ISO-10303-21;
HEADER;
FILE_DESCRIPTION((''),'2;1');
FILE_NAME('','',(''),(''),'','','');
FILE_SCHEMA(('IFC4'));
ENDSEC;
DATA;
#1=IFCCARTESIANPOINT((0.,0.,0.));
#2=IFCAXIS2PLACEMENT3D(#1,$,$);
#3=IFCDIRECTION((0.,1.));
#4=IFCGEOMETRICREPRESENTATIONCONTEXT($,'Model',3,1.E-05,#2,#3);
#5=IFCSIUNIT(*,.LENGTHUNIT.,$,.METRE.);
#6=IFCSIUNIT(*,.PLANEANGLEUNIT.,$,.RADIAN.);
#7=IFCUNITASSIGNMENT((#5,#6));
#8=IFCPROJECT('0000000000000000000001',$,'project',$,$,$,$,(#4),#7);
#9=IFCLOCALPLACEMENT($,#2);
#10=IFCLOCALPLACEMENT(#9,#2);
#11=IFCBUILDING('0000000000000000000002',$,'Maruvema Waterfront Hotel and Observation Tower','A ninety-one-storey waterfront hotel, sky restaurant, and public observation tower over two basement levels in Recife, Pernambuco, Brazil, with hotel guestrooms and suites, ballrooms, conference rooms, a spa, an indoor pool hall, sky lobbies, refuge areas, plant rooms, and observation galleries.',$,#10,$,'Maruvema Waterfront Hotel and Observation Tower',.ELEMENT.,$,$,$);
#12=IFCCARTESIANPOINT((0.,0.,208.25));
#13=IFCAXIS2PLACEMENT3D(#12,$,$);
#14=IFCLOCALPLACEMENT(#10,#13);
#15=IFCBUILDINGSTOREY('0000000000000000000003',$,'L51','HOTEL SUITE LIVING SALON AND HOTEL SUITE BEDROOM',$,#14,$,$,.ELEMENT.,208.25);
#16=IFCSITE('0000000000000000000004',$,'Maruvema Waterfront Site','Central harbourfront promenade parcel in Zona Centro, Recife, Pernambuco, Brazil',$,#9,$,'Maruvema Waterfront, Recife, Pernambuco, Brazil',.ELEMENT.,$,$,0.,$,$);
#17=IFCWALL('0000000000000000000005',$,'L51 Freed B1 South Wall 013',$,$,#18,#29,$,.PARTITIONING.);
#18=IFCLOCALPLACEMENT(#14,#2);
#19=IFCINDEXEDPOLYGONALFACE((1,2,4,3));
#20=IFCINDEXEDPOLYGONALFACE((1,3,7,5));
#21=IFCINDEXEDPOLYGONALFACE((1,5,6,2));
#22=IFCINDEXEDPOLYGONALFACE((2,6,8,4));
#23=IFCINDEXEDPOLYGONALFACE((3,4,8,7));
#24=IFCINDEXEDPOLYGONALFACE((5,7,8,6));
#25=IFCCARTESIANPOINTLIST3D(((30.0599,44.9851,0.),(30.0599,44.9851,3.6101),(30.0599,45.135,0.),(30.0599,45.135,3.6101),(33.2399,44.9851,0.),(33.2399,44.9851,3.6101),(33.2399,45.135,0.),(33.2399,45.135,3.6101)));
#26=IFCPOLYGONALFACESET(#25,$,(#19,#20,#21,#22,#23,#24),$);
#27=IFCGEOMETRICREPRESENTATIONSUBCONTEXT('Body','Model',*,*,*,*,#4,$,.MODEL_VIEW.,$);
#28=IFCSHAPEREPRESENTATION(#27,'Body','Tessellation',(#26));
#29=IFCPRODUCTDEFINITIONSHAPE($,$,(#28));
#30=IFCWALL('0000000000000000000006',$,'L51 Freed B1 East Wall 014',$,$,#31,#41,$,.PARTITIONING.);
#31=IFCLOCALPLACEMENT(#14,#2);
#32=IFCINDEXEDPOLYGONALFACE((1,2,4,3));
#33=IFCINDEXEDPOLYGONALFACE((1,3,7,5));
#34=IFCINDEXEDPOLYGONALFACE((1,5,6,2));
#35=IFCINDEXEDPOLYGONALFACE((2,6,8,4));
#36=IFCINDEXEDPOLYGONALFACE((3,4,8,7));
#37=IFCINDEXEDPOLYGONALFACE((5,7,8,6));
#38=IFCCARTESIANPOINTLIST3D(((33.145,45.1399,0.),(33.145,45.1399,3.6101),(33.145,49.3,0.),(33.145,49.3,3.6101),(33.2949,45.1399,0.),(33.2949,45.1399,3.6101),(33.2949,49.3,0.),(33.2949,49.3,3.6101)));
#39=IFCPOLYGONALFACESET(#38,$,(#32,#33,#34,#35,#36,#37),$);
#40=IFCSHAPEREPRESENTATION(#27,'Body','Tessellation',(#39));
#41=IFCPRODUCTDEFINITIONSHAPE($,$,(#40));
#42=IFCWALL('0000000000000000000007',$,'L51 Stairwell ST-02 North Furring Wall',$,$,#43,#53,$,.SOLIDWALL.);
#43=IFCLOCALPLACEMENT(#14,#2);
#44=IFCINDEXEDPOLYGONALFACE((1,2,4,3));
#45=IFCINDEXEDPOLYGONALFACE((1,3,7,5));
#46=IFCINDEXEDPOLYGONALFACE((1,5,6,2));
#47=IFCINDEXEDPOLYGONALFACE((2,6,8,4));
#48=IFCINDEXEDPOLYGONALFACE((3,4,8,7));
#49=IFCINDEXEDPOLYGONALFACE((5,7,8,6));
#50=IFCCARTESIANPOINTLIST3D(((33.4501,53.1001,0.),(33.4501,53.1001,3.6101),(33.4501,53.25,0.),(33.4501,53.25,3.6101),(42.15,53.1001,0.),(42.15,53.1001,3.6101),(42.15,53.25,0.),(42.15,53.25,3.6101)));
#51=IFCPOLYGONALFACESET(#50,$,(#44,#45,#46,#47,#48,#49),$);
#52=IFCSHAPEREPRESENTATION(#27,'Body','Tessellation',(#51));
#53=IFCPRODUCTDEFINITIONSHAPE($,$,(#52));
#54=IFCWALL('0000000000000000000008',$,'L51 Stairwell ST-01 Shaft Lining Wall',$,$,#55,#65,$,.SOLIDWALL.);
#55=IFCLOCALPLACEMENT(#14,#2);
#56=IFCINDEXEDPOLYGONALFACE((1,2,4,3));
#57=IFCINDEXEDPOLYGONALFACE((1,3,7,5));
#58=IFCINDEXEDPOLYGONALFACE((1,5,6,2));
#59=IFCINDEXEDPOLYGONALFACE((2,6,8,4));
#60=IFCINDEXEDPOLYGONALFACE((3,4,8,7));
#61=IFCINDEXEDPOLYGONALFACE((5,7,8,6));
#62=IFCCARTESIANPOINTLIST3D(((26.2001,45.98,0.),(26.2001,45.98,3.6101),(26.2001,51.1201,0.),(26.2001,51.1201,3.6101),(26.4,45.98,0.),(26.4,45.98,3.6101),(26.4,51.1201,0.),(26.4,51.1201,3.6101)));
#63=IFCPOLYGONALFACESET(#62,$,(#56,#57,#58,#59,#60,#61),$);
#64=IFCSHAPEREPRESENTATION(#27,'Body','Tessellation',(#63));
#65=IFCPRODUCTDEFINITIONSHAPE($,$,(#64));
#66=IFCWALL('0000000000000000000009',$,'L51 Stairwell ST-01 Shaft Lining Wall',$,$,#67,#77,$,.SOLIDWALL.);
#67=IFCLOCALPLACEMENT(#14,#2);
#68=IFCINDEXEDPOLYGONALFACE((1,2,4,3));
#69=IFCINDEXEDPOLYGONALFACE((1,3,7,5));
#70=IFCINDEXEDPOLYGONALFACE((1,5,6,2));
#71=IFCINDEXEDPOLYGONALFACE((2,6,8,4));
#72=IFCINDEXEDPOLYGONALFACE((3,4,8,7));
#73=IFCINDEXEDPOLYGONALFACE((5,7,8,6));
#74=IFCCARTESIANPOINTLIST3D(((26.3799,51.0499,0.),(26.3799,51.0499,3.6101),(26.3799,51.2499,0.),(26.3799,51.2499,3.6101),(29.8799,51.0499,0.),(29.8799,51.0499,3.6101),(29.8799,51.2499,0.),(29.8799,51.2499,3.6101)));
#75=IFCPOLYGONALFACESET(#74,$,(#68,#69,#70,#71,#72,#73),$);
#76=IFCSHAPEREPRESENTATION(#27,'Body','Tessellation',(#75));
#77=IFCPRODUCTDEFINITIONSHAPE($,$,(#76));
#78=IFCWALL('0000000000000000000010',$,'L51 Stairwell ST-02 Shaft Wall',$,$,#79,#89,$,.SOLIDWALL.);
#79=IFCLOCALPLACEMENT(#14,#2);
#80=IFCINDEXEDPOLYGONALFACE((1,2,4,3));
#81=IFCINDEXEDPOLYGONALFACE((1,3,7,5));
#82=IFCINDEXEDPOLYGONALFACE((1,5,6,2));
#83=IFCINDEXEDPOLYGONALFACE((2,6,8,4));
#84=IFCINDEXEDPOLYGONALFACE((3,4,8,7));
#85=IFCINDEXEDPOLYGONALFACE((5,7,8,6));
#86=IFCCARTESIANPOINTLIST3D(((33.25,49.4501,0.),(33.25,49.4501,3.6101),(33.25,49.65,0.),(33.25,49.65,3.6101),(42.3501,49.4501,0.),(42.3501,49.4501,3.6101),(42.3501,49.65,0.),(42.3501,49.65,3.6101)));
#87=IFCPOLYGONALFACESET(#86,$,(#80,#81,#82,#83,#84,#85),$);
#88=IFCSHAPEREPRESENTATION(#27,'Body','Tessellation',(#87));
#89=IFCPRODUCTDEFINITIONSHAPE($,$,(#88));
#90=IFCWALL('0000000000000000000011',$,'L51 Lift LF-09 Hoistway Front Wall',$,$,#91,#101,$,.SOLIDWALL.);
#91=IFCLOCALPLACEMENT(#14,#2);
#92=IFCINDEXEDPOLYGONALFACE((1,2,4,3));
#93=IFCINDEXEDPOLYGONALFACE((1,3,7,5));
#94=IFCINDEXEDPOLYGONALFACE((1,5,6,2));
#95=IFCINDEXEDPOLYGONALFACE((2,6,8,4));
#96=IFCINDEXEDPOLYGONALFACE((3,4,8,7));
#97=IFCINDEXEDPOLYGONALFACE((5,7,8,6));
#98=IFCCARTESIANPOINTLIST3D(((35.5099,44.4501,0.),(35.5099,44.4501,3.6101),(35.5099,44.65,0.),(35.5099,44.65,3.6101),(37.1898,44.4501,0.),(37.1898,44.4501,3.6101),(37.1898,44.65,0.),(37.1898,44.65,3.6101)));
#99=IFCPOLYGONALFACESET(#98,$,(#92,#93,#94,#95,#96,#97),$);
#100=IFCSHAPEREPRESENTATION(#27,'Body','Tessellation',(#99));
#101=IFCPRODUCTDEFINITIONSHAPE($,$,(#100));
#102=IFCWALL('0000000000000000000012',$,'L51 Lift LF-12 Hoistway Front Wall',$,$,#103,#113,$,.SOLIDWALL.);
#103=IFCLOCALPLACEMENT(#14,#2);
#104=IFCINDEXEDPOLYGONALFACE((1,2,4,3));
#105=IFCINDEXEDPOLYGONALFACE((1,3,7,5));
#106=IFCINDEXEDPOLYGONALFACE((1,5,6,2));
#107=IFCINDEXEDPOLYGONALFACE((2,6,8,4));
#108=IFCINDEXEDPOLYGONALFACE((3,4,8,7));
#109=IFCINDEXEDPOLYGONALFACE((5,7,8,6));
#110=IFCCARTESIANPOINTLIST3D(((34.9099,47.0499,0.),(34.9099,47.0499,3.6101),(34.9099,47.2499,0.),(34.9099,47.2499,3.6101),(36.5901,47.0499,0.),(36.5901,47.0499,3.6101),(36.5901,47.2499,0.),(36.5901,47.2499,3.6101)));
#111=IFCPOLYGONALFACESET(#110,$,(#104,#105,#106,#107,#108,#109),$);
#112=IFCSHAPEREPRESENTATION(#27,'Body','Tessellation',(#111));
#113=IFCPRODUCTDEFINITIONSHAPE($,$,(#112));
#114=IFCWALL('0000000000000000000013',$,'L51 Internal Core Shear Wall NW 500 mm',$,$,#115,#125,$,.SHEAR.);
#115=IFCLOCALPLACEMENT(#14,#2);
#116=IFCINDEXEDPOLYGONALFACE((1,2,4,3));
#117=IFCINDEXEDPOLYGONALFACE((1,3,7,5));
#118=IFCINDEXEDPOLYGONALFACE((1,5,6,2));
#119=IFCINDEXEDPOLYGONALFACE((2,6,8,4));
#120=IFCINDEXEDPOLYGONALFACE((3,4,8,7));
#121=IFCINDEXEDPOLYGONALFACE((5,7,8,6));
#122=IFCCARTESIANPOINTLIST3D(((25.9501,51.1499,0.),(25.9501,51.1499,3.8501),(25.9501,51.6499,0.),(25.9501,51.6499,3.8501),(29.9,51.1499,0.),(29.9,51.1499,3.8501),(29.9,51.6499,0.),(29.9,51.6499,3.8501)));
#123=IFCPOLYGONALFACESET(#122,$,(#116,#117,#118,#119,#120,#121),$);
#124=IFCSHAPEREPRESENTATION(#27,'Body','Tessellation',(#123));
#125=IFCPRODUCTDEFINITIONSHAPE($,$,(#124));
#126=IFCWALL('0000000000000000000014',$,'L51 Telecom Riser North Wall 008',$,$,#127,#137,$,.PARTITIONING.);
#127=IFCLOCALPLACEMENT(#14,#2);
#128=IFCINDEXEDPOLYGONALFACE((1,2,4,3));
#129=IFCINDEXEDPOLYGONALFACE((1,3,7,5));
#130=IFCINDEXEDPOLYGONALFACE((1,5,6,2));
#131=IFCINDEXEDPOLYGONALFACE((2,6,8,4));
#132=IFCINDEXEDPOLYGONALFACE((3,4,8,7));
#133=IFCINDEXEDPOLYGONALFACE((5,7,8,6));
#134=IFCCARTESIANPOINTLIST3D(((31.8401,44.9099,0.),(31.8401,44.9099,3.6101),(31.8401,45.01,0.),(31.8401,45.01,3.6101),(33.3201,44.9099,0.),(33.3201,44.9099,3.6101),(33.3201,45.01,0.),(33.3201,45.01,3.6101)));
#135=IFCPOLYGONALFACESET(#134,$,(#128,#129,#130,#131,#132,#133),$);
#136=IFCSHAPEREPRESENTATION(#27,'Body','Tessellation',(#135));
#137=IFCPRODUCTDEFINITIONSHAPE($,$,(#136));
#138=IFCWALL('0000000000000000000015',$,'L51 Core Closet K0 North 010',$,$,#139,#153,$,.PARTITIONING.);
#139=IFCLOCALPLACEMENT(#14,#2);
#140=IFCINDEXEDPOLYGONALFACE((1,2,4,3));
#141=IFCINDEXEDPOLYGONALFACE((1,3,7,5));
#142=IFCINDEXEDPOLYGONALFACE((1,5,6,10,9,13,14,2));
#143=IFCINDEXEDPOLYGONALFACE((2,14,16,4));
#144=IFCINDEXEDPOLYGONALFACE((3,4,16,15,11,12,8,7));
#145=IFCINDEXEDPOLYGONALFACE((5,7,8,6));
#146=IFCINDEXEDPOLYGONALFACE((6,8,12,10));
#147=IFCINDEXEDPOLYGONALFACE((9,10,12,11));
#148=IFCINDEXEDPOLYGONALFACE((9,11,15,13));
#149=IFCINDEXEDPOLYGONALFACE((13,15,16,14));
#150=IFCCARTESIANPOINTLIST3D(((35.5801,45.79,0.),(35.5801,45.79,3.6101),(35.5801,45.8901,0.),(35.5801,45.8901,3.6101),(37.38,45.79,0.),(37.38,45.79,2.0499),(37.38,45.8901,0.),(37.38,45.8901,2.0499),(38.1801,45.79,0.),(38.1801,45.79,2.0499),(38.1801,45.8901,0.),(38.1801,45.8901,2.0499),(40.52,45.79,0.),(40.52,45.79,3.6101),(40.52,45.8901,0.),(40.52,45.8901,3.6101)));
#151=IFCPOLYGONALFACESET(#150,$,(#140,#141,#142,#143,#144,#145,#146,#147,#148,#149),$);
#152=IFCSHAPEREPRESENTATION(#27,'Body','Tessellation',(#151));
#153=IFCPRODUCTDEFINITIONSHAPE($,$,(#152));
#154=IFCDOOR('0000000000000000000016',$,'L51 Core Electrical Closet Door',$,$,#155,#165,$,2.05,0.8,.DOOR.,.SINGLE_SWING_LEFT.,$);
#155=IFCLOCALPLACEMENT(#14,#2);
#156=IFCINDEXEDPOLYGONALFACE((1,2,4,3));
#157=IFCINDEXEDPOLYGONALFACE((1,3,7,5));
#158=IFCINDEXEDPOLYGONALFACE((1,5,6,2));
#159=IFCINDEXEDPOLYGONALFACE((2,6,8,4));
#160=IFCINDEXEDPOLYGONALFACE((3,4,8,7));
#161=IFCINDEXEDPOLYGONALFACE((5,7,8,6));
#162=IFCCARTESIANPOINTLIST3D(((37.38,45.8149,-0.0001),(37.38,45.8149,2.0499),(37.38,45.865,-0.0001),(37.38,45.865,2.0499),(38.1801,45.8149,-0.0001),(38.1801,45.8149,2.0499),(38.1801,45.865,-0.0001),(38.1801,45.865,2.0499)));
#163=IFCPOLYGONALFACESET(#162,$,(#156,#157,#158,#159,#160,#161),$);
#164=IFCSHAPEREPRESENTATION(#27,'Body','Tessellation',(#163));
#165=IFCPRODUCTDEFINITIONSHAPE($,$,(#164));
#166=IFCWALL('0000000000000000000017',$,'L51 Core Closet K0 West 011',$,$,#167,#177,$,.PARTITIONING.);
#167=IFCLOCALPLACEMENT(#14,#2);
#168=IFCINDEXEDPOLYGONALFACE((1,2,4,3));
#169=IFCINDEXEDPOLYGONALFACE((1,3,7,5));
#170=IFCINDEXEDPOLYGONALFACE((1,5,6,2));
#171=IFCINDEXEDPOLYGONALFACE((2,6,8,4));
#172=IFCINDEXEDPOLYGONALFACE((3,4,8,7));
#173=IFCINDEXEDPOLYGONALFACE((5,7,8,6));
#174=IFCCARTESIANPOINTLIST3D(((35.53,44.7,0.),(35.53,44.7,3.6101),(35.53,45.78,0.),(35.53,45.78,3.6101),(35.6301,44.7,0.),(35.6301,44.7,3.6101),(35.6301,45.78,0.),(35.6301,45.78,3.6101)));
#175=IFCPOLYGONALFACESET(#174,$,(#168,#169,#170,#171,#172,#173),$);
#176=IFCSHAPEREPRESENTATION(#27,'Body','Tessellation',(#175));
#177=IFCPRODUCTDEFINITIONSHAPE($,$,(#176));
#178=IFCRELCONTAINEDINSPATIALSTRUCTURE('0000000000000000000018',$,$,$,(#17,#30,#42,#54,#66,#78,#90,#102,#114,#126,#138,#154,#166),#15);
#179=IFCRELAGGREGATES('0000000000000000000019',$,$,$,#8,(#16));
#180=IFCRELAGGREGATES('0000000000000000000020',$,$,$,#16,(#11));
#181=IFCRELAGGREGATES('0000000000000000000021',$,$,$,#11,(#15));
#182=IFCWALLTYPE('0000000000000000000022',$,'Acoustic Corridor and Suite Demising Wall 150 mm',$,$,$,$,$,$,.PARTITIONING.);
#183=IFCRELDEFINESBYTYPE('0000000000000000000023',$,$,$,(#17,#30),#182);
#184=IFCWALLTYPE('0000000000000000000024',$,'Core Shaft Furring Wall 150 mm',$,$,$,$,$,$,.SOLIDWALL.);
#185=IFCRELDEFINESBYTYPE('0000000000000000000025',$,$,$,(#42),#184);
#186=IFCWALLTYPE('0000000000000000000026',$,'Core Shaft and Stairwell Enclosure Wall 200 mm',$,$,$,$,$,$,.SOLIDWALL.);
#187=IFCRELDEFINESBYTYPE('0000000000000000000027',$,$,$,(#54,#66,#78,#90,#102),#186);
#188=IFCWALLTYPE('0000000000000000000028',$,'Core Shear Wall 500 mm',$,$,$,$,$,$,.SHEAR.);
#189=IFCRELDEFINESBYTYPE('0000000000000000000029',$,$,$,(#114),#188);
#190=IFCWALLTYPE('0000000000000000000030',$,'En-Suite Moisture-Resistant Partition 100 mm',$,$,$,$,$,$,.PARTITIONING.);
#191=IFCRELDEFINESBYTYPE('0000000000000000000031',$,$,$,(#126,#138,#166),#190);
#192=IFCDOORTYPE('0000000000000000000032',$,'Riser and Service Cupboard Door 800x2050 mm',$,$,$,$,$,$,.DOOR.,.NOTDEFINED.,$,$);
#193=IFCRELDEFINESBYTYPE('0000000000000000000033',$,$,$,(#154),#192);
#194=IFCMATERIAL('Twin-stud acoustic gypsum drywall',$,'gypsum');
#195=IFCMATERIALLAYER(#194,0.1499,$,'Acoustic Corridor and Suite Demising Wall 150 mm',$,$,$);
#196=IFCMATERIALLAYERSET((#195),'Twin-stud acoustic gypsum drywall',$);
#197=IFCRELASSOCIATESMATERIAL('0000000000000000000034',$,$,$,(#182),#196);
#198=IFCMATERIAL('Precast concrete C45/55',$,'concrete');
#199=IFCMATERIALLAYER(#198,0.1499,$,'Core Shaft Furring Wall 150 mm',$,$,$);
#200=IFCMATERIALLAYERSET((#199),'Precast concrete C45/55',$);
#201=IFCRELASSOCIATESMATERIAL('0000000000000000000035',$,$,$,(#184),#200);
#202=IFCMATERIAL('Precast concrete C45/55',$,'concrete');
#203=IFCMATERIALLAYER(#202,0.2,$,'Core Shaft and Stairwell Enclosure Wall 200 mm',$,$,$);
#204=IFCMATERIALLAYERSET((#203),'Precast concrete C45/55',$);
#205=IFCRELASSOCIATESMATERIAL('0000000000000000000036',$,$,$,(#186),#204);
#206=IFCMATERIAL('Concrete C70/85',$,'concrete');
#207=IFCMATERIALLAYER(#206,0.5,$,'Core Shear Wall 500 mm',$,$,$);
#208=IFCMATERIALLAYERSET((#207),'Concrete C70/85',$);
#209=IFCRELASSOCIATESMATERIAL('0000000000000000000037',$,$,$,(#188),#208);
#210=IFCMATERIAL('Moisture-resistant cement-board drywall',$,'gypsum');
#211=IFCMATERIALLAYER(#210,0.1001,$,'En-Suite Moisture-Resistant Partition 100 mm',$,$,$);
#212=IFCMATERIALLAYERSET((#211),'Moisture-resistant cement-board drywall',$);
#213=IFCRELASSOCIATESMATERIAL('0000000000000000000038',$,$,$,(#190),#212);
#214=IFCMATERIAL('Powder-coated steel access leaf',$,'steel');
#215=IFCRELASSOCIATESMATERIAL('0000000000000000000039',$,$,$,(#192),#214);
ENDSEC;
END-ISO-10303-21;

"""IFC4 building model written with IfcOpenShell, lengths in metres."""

from ifc_helpers import new_model, si_unit, direction, frame, frame_2d, origin, place, context, subcontext, project, spatial, rectangle, extrude, material, layer, layer_set, type_object, element, fill, save


model = new_model("IFC4")

# Units and contexts
model_context = context("Model", 3, precision=1e-05, world=origin(), true_north=direction((0.0, 1.0)))
body_context = subcontext(model_context, "Body", "Model", "MODEL_VIEW")
ifc_project = project(units=[si_unit("LENGTHUNIT", "METRE"), si_unit("PLANEANGLEUNIT", "RADIAN")], contexts=[model_context])

# Site, building, storey
site_placement = place(None, origin())
site = spatial("IfcSite", under=ifc_project, at=site_placement, Name="Maruvema Waterfront Site", Description="Central harbourfront promenade parcel in Zona Centro, Recife, Pernambuco, Brazil", LongName="Maruvema Waterfront, Recife, Pernambuco, Brazil", CompositionType="ELEMENT", RefElevation=0.0)
building_placement = place(site_placement, origin())
building = spatial("IfcBuilding", under=site, at=building_placement, Name="Maruvema Waterfront Hotel and Observation Tower", Description="A ninety-one-storey waterfront hotel, sky restaurant, and public observation tower over two basement levels in Recife, Pernambuco, Brazil, with hotel guestrooms and suites, ballrooms, conference rooms, a spa, an indoor pool hall, sky lobbies, refuge areas, plant rooms, and observation galleries.", LongName="Maruvema Waterfront Hotel and Observation Tower", CompositionType="ELEMENT")
storey_placement = place(building_placement, frame((0.0, 0.0, 208.25)))
storey = spatial("IfcBuildingStorey", under=building, at=storey_placement, Name="L51", Description="HOTEL SUITE LIVING SALON AND HOTEL SUITE BEDROOM", CompositionType="ELEMENT", Elevation=208.25)

# Walls
ifc_material_1 = material(Name="Twin-stud acoustic gypsum drywall", Category="gypsum")
ifc_layer_1 = layer(ifc_material_1, 0.1499, Name="Acoustic Corridor and Suite Demising Wall 150 mm")
ifc_layer_set_1 = layer_set([ifc_layer_1], Name="Twin-stud acoustic gypsum drywall")
wall_type_1 = type_object("IfcWallType", Name="Acoustic Corridor and Suite Demising Wall 150 mm", PredefinedType="PARTITIONING", material=ifc_layer_set_1)
wall_1_placement = place(storey_placement, frame((30.0601, 45.0601, 0.0), z_axis=(0.0, 0.0, 1.0), x_axis=(1.0, 0.0, 0.0)))
element("IfcWall", 1, at=wall_1_placement, inside=storey, type_object=wall_type_1, Name="L51 Freed B1 South Wall 013", PredefinedType="PARTITIONING", context=body_context, shape_type="SweptSolid", body=[
    extrude(rectangle(XDim=3.1799, YDim=0.1499, at=frame_2d((1.5898, 0.0))), origin(), (0.0, 0.0, 1.0), 3.6101),
])
wall_2_placement = place(storey_placement, frame((33.22, 45.1399, 0.0), z_axis=(0.0, 0.0, 1.0), x_axis=(0.0, 1.0, 0.0)))
element("IfcWall", 2, at=wall_2_placement, inside=storey, type_object=wall_type_1, Name="L51 Freed B1 East Wall 014", PredefinedType="PARTITIONING", context=body_context, shape_type="SweptSolid", body=[
    extrude(rectangle(XDim=4.1602, YDim=0.1499, at=frame_2d((2.0801, 0.0))), origin(), (0.0, 0.0, 1.0), 3.6101),
])
ifc_material_2 = material(Name="Precast concrete C45/55", Category="concrete")
ifc_layer_2 = layer(ifc_material_2, 0.1499, Name="Core Shaft Furring Wall 150 mm")
ifc_layer_set_2 = layer_set([ifc_layer_2], Name="Precast concrete C45/55")
wall_type_2 = type_object("IfcWallType", Name="Core Shaft Furring Wall 150 mm", PredefinedType="SOLIDWALL", material=ifc_layer_set_2)
wall_3_placement = place(storey_placement, frame((33.45, 53.175, 0.0), z_axis=(0.0, 0.0, 1.0), x_axis=(1.0, 0.0, 0.0)))
element("IfcWall", 3, at=wall_3_placement, inside=storey, type_object=wall_type_2, Name="L51 Stairwell ST-02 North Furring Wall", PredefinedType="SOLIDWALL", context=body_context, shape_type="SweptSolid", body=[
    extrude(rectangle(XDim=8.7, YDim=0.1499, at=frame_2d((4.3501, 0.0))), origin(), (0.0, 0.0, 1.0), 3.6101),
])
ifc_material_3 = material(Name="Precast concrete C45/55", Category="concrete")
ifc_layer_3 = layer(ifc_material_3, 0.2, Name="Core Shaft and Stairwell Enclosure Wall 200 mm")
ifc_layer_set_3 = layer_set([ifc_layer_3], Name="Precast concrete C45/55")
wall_type_3 = type_object("IfcWallType", Name="Core Shaft and Stairwell Enclosure Wall 200 mm", PredefinedType="SOLIDWALL", material=ifc_layer_set_3)
wall_4_placement = place(storey_placement, frame((26.3, 45.98, 0.0), z_axis=(0.0, 0.0, 1.0), x_axis=(0.0, 1.0, 0.0)))
element("IfcWall", 4, at=wall_4_placement, inside=storey, type_object=wall_type_3, Name="L51 Stairwell ST-01 Shaft Lining Wall", PredefinedType="SOLIDWALL", context=body_context, shape_type="SweptSolid", body=[
    extrude(rectangle(XDim=5.1401, YDim=0.2, at=frame_2d((2.5701, 0.0))), origin(), (0.0, 0.0, 1.0), 3.6101),
])
wall_5_placement = place(storey_placement, frame((26.3799, 51.1499, 0.0), z_axis=(0.0, 0.0, 1.0), x_axis=(1.0, 0.0, 0.0)))
element("IfcWall", 5, at=wall_5_placement, inside=storey, type_object=wall_type_3, Name="L51 Stairwell ST-01 Shaft Lining Wall", PredefinedType="SOLIDWALL", context=body_context, shape_type="SweptSolid", body=[
    extrude(rectangle(XDim=3.5, YDim=0.2, at=frame_2d((1.75, 0.0))), origin(), (0.0, 0.0, 1.0), 3.6101),
])
wall_6_placement = place(storey_placement, frame((33.25, 49.55, 0.0), z_axis=(0.0, 0.0, 1.0), x_axis=(1.0, 0.0, 0.0)))
element("IfcWall", 6, at=wall_6_placement, inside=storey, type_object=wall_type_3, Name="L51 Stairwell ST-02 Shaft Wall", PredefinedType="SOLIDWALL", context=body_context, shape_type="SweptSolid", body=[
    extrude(rectangle(XDim=9.1001, YDim=0.2, at=frame_2d((4.55, 0.0))), origin(), (0.0, 0.0, 1.0), 3.6101),
])

# Walls
wall_7_placement = place(storey_placement, frame((35.51, 44.55, 0.0), z_axis=(0.0, 0.0, 1.0), x_axis=(1.0, 0.0, 0.0)))
element("IfcWall", 7, at=wall_7_placement, inside=storey, type_object=wall_type_3, Name="L51 Lift LF-09 Hoistway Front Wall", PredefinedType="SOLIDWALL", context=body_context, shape_type="SweptSolid", body=[
    extrude(rectangle(XDim=1.6799, YDim=0.2, at=frame_2d((0.8398, 0.0))), origin(), (0.0, 0.0, 1.0), 3.6101),
])
wall_8_placement = place(storey_placement, frame((34.9099, 47.1499, 0.0), z_axis=(0.0, 0.0, 1.0), x_axis=(1.0, 0.0, 0.0)))
element("IfcWall", 8, at=wall_8_placement, inside=storey, type_object=wall_type_3, Name="L51 Lift LF-12 Hoistway Front Wall", PredefinedType="SOLIDWALL", context=body_context, shape_type="SweptSolid", body=[
    extrude(rectangle(XDim=1.6802, YDim=0.2, at=frame_2d((0.8401, 0.0))), origin(), (0.0, 0.0, 1.0), 3.6101),
])
ifc_material_4 = material(Name="Concrete C70/85", Category="concrete")
ifc_layer_4 = layer(ifc_material_4, 0.5, Name="Core Shear Wall 500 mm")
ifc_layer_set_4 = layer_set([ifc_layer_4], Name="Concrete C70/85")
wall_type_4 = type_object("IfcWallType", Name="Core Shear Wall 500 mm", PredefinedType="SHEAR", material=ifc_layer_set_4)
wall_9_placement = place(storey_placement, frame((25.95, 51.3999, 0.0), z_axis=(0.0, 0.0, 1.0), x_axis=(1.0, 0.0, 0.0)))
element("IfcWall", 9, at=wall_9_placement, inside=storey, type_object=wall_type_4, Name="L51 Internal Core Shear Wall NW 500 mm", PredefinedType="SHEAR", context=body_context, shape_type="SweptSolid", body=[
    extrude(rectangle(XDim=3.95, YDim=0.5, at=frame_2d((1.9751, 0.0))), origin(), (0.0, 0.0, 1.0), 3.8501),
])
ifc_material_5 = material(Name="Moisture-resistant cement-board drywall", Category="gypsum")
ifc_layer_5 = layer(ifc_material_5, 0.1001, Name="En-Suite Moisture-Resistant Partition 100 mm")
ifc_layer_set_5 = layer_set([ifc_layer_5], Name="Moisture-resistant cement-board drywall")
wall_type_5 = type_object("IfcWallType", Name="En-Suite Moisture-Resistant Partition 100 mm", PredefinedType="PARTITIONING", material=ifc_layer_set_5)
wall_10_placement = place(storey_placement, frame((31.8401, 44.96, 0.0), z_axis=(0.0, 0.0, 1.0), x_axis=(1.0, 0.0, 0.0)))
element("IfcWall", 10, at=wall_10_placement, inside=storey, type_object=wall_type_5, Name="L51 Telecom Riser North Wall 008", PredefinedType="PARTITIONING", context=body_context, shape_type="SweptSolid", body=[
    extrude(rectangle(XDim=1.48, YDim=0.1001, at=frame_2d((0.74, 0.0))), origin(), (0.0, 0.0, 1.0), 3.6101),
])

# Wall, opening, door
wall_11_placement = place(storey_placement, frame((35.5801, 45.8401, 0.0), z_axis=(0.0, 0.0, 1.0), x_axis=(1.0, 0.0, 0.0)))
wall_11 = element("IfcWall", 11, at=wall_11_placement, inside=storey, type_object=wall_type_5, Name="L51 Core Closet K0 North 010", PredefinedType="PARTITIONING", context=body_context, shape_type="SweptSolid", body=[
    extrude(rectangle(XDim=4.9399, YDim=0.1001, at=frame_2d((2.47, 0.0))), origin(), (0.0, 0.0, 1.0), 3.6101),
])
opening_1_placement = place(wall_11_placement, frame((1.8, 0.0, 0.0)))
opening_1 = element("IfcOpeningElement", 12, at=opening_1_placement, cuts=wall_11, PredefinedType="OPENING", context=body_context, shape_type="SweptSolid", body=[
    extrude(rectangle(XDim=0.8, YDim=2.05, at=frame_2d((0.3999, 1.0249))), frame((0.0, 0.0601, 0.0), z_axis=(0.0, -1.0, 0.0), x_axis=(1.0, 0.0, 0.0)), (0.0, 0.0, 1.0), 0.1201),
])
ifc_material_6 = material(Name="Powder-coated steel access leaf", Category="steel")
door_type_1 = type_object("IfcDoorType", Name="Riser and Service Cupboard Door 800x2050 mm", OperationType="NOTDEFINED", PredefinedType="DOOR", material=ifc_material_6)
door_1_placement = place(opening_1_placement, origin())
door_1 = element("IfcDoor", 13, at=door_1_placement, inside=storey, type_object=door_type_1, Name="L51 Core Electrical Closet Door", OperationType="SINGLE_SWING_LEFT", OverallHeight=2.05, OverallWidth=0.8, PredefinedType="DOOR", context=body_context, shape_type="SweptSolid", body=[
    extrude(rectangle(XDim=0.8, YDim=2.05, at=frame_2d((0.3999, 1.0249))), frame((0.0, 0.0249, 0.0), z_axis=(0.0, -1.0, 0.0), x_axis=(1.0, 0.0, 0.0)), (0.0, 0.0, 1.0), 0.05),
])
fill(opening_1, door_1)

# Wall
wall_12_placement = place(storey_placement, frame((35.5801, 44.7, 0.0), z_axis=(0.0, 0.0, 1.0), x_axis=(0.0, 1.0, 0.0)))
element("IfcWall", 14, at=wall_12_placement, inside=storey, type_object=wall_type_5, Name="L51 Core Closet K0 West 011", PredefinedType="PARTITIONING", context=body_context, shape_type="SweptSolid", body=[
    extrude(rectangle(XDim=1.0801, YDim=0.1001, at=frame_2d((0.54, 0.0))), origin(), (0.0, 0.0, 1.0), 3.6101),
])

save(model, "model.ifc")
